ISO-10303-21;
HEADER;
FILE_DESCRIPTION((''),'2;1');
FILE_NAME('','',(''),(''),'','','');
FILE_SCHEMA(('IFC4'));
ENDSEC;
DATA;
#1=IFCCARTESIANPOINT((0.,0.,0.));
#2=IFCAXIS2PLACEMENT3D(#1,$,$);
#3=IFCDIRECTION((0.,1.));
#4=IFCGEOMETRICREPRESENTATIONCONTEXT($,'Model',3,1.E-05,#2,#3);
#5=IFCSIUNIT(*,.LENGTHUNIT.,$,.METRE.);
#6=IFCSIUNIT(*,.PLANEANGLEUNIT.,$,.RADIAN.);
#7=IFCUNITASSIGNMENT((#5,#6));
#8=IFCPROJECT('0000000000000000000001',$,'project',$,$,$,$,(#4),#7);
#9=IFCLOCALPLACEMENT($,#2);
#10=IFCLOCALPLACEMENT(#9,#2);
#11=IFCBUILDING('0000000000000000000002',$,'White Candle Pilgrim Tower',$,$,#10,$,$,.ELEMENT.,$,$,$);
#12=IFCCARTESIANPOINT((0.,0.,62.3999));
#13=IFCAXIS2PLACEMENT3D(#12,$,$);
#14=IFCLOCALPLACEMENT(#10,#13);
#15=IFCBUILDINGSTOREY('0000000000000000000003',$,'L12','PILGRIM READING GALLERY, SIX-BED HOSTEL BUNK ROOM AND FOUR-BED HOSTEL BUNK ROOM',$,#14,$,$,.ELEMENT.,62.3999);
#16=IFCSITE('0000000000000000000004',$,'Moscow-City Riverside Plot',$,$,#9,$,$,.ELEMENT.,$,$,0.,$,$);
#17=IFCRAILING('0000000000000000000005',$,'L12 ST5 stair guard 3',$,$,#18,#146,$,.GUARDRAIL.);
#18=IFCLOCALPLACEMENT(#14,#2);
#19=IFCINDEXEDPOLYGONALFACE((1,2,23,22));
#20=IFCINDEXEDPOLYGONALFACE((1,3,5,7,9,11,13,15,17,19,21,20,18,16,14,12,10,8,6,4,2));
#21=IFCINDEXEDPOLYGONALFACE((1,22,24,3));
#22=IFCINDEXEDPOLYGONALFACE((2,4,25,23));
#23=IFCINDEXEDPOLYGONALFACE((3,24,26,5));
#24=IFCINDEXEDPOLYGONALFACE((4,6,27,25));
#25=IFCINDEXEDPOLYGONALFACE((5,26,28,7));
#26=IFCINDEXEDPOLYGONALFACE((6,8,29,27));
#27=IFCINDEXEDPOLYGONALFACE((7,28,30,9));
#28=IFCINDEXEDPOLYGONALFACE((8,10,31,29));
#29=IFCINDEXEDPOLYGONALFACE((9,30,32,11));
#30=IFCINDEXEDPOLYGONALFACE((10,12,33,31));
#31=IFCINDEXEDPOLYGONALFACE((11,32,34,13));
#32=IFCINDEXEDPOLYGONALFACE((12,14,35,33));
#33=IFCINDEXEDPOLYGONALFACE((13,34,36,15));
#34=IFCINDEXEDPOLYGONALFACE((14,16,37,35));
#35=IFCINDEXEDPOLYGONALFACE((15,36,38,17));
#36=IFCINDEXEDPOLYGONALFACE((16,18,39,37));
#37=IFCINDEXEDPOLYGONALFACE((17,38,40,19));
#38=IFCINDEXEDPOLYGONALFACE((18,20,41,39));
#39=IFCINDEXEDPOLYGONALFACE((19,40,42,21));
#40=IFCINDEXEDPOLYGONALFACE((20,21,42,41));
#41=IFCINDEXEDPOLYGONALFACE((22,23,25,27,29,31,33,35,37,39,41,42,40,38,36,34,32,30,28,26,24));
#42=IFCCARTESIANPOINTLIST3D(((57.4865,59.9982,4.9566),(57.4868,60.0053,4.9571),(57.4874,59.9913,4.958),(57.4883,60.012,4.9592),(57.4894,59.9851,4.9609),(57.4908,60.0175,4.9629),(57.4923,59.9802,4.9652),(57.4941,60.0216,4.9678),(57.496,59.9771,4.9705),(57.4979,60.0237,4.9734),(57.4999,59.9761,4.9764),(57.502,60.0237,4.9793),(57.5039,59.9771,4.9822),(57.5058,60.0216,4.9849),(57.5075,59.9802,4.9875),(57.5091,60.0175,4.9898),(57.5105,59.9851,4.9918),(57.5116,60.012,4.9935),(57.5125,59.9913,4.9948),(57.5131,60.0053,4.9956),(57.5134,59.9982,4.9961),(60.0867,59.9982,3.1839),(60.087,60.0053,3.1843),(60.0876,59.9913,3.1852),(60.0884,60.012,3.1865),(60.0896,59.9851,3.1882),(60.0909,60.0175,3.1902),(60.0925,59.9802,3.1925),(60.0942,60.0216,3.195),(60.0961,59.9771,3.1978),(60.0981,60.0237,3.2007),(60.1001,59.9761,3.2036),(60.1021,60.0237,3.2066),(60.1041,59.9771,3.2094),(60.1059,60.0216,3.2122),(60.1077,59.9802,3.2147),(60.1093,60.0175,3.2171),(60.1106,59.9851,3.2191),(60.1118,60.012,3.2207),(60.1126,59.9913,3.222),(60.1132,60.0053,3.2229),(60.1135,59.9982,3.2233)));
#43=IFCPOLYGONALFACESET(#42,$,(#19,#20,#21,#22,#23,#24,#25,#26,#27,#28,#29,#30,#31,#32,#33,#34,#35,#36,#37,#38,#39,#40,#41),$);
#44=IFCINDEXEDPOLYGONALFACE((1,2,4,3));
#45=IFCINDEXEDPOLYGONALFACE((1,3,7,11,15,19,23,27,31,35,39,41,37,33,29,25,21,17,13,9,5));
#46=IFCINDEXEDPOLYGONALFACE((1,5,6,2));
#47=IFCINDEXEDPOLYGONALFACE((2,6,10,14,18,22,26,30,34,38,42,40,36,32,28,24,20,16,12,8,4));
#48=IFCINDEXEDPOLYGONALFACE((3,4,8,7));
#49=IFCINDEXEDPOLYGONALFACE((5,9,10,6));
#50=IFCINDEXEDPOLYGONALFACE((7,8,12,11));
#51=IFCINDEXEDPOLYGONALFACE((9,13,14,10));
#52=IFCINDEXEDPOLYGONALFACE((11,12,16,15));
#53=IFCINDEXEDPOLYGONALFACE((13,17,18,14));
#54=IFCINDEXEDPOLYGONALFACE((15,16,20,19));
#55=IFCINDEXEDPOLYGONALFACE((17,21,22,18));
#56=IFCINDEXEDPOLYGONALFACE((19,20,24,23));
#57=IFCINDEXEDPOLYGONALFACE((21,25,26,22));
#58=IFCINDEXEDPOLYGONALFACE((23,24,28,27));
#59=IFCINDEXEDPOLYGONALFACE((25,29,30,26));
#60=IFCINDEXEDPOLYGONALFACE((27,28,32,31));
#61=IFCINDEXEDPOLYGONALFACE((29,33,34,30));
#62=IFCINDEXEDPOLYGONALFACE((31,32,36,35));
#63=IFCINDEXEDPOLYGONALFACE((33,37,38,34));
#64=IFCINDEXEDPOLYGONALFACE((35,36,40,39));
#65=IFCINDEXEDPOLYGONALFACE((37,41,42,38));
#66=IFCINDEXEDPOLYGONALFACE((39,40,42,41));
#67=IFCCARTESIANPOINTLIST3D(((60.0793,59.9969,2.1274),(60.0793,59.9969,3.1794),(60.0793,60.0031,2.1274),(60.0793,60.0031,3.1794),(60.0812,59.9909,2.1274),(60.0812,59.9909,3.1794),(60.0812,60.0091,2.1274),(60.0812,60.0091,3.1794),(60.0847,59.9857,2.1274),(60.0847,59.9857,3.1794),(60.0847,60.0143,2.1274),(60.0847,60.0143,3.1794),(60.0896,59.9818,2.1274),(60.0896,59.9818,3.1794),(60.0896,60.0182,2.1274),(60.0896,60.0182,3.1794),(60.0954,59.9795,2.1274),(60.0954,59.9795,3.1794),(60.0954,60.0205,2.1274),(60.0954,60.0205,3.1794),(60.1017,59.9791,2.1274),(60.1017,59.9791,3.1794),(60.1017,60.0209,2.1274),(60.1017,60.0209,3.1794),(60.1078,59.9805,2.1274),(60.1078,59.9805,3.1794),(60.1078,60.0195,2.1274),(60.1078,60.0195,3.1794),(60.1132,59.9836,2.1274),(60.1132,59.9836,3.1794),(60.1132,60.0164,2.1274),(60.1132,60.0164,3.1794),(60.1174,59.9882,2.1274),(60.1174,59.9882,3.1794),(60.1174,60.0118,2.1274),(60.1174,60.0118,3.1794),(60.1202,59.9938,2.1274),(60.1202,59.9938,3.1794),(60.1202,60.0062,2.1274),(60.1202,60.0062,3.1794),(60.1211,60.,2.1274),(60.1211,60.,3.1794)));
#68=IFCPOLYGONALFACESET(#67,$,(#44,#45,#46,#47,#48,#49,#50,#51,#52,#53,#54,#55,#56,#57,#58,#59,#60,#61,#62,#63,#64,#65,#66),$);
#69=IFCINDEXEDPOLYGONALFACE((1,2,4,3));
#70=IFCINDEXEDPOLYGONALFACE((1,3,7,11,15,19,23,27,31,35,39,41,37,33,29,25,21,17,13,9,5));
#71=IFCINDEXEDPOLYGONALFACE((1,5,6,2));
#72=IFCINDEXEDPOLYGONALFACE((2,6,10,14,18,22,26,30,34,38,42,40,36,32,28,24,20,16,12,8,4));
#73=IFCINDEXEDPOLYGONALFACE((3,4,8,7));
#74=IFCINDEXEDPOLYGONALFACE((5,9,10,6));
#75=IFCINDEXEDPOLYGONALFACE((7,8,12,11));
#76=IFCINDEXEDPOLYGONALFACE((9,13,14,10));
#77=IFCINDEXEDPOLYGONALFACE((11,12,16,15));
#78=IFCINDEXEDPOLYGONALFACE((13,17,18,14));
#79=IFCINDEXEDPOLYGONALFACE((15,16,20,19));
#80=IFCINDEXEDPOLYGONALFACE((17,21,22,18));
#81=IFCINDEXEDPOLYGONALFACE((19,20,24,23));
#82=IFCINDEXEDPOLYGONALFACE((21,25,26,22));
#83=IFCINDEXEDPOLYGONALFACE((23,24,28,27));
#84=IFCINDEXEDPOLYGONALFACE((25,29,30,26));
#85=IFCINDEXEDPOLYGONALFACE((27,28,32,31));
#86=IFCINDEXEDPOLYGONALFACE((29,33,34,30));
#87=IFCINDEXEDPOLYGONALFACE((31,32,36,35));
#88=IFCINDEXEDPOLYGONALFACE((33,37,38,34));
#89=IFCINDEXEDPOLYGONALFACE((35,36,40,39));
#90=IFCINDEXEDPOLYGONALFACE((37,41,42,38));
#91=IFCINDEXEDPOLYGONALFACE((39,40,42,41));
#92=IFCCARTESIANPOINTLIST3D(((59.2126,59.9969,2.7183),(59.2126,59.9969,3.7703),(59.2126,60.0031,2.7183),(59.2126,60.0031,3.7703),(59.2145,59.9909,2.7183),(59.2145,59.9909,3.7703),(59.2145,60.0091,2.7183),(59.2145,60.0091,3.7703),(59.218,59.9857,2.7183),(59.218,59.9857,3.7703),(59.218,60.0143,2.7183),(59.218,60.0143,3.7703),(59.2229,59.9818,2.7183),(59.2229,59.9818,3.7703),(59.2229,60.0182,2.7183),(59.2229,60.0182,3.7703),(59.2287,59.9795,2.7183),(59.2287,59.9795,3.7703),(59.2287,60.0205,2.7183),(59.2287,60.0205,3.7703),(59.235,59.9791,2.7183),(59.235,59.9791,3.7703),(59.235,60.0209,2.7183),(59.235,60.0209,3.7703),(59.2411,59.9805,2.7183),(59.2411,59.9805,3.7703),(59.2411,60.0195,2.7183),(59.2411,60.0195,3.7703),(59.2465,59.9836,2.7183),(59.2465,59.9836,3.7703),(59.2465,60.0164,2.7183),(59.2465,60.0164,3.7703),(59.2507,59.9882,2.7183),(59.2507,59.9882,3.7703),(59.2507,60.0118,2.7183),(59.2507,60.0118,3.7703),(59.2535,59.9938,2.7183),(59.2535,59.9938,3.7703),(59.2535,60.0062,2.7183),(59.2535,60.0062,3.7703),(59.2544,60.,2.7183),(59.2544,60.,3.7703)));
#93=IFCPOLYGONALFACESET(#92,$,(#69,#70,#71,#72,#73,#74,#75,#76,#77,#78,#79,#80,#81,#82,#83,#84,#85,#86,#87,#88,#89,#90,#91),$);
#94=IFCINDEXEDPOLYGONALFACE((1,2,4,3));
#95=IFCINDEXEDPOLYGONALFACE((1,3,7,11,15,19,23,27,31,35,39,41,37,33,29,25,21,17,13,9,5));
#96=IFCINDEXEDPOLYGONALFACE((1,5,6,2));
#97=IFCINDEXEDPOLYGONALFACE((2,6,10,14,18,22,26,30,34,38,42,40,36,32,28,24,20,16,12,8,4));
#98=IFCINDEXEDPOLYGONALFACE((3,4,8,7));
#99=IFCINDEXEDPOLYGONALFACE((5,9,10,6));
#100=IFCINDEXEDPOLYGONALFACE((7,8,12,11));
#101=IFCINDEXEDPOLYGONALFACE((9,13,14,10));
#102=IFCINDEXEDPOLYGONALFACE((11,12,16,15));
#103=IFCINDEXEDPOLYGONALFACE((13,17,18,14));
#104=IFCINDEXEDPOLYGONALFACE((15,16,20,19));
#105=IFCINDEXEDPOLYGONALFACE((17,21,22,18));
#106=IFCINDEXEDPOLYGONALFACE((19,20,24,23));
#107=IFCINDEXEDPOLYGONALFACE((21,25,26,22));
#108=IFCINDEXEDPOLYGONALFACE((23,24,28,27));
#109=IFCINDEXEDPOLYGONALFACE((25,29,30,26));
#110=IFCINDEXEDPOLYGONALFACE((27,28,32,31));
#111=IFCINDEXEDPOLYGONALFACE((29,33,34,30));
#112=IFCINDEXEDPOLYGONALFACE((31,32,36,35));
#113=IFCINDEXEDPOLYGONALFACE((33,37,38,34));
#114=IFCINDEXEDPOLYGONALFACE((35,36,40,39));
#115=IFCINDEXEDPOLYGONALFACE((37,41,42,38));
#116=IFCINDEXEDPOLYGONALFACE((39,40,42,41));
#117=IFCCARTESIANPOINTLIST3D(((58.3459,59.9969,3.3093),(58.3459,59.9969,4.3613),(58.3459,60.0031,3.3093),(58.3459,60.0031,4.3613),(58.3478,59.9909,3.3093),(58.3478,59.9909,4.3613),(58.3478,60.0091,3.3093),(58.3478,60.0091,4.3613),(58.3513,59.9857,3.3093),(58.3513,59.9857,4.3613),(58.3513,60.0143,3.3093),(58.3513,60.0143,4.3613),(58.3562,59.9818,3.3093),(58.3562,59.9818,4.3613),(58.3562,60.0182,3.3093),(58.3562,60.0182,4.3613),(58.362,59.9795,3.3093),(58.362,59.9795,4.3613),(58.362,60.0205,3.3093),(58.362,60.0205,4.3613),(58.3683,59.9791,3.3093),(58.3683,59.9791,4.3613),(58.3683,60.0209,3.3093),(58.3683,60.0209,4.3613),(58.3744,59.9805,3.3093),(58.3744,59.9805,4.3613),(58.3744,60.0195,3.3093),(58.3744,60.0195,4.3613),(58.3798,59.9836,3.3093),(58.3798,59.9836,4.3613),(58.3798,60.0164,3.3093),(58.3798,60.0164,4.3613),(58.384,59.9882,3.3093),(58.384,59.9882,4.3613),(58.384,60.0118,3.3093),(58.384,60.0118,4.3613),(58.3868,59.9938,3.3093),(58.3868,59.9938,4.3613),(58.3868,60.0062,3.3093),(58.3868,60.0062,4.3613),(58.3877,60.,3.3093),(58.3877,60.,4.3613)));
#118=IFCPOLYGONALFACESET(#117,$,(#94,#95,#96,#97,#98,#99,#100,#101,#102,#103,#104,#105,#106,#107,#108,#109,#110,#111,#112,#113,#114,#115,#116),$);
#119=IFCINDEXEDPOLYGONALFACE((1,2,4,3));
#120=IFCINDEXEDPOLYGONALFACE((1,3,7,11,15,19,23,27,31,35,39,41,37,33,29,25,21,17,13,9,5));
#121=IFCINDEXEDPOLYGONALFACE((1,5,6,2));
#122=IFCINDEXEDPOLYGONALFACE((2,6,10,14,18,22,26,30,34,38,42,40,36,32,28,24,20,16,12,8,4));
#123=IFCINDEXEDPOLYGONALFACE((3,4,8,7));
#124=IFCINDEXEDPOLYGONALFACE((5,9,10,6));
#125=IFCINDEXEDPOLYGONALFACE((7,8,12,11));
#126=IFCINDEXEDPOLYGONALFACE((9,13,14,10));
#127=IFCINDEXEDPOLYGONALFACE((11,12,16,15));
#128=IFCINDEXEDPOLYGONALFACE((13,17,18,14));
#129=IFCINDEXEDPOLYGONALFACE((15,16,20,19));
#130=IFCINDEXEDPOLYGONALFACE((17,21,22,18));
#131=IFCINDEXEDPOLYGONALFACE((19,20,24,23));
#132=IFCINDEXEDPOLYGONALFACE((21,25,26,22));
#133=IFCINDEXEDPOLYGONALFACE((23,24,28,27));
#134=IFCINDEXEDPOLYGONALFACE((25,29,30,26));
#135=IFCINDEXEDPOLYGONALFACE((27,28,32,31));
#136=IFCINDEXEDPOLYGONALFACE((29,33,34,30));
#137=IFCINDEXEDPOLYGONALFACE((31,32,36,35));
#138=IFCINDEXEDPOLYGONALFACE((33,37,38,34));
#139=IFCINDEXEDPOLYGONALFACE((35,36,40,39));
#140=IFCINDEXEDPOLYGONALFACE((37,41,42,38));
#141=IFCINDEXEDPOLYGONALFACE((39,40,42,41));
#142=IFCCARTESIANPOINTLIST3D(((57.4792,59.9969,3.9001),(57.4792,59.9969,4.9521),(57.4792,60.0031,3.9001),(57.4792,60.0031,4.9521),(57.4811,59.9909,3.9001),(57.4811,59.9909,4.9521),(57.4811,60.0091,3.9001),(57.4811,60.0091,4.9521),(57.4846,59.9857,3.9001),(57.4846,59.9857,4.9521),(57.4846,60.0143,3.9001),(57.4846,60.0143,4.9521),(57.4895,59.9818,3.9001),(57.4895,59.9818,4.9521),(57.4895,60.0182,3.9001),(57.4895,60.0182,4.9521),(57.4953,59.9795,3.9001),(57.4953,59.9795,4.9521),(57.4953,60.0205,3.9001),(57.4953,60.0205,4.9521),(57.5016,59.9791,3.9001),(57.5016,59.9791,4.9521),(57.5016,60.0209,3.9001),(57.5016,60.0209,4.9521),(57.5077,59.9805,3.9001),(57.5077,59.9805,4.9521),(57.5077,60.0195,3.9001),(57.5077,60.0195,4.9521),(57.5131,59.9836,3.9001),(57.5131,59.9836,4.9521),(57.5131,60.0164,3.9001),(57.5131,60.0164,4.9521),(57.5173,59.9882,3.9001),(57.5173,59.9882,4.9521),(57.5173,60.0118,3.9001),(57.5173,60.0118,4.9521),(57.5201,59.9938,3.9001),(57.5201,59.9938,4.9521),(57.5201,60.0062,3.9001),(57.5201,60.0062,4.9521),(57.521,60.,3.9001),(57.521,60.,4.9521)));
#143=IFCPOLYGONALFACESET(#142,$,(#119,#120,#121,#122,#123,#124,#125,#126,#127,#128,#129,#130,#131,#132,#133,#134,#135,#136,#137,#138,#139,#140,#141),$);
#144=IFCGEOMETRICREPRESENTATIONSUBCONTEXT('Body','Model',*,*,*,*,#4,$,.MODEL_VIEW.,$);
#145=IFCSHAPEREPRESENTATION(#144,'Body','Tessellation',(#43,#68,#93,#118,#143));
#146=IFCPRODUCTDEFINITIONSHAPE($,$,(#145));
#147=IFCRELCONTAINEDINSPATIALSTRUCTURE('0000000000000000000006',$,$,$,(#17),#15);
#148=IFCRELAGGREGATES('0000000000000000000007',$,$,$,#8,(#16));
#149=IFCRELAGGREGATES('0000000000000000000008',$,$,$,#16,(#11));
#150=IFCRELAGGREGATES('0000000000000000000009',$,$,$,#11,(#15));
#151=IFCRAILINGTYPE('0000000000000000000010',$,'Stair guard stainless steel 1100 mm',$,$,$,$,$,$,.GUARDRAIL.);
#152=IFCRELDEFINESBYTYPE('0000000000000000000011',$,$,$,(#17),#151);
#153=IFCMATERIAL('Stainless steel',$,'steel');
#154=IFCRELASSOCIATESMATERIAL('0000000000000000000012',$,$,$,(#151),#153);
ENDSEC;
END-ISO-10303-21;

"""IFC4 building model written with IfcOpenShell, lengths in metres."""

from ifc_helpers import new_model, si_unit, direction, frame, origin, origin_2d, place, context, subcontext, project, spatial, circle, extrude, material, type_object, element, save


model = new_model("IFC4")

# Units and contexts
model_context = context("Model", 3, precision=1e-05, world=origin(), true_north=direction((0.0, 1.0)))
body_context = subcontext(model_context, "Body", "Model", "MODEL_VIEW")
ifc_project = project(units=[si_unit("LENGTHUNIT", "METRE"), si_unit("PLANEANGLEUNIT", "RADIAN")], contexts=[model_context])

# Site, building, storey
site_placement = place(None, origin())
site = spatial("IfcSite", under=ifc_project, at=site_placement, Name="Moscow-City Riverside Plot", CompositionType="ELEMENT", RefElevation=0.0)
building_placement = place(site_placement, origin())
building = spatial("IfcBuilding", under=site, at=building_placement, Name="White Candle Pilgrim Tower", CompositionType="ELEMENT")
storey_placement = place(building_placement, frame((0.0, 0.0, 62.3999)))
storey = spatial("IfcBuildingStorey", under=building, at=storey_placement, Name="L12", Description="PILGRIM READING GALLERY, SIX-BED HOSTEL BUNK ROOM AND FOUR-BED HOSTEL BUNK ROOM", CompositionType="ELEMENT", Elevation=62.3999)

# Railing
ifc_material_1 = material(Name="Stainless steel", Category="steel")
railing_type_1 = type_object("IfcRailingType", Name="Stair guard stainless steel 1100 mm", PredefinedType="GUARDRAIL", material=ifc_material_1)
railing_1_placement = place(storey_placement, frame((60.1001, 60.0, 2.1274)))
element("IfcRailing", 1, at=railing_1_placement, inside=storey, type_object=railing_type_1, Name="L12 ST5 stair guard 3", PredefinedType="GUARDRAIL", context=body_context, shape_type="SweptSolid", body=[
    extrude(circle(Radius=0.0239, at=origin_2d()), frame((0.0, 0.0, 1.0762), z_axis=(-0.82624, 0.0, 0.563318), x_axis=(0.0, -1.0, 0.0)), (0.0, 0.0, 1.0), 3.147),
    extrude(circle(Radius=0.021, at=origin_2d()), origin(), (0.0, 0.0, 1.0), 1.052),
    extrude(circle(Radius=0.021, at=origin_2d()), frame((-0.8667, 0.0, 0.5908)), (0.0, 0.0, 1.0), 1.052),
    extrude(circle(Radius=0.021, at=origin_2d()), frame((-1.7334, 0.0, 1.1819)), (0.0, 0.0, 1.0), 1.052),
    extrude(circle(Radius=0.021, at=origin_2d()), frame((-2.6001, 0.0, 1.7727)), (0.0, 0.0, 1.0), 1.052),
])

save(model, "model.ifc")
